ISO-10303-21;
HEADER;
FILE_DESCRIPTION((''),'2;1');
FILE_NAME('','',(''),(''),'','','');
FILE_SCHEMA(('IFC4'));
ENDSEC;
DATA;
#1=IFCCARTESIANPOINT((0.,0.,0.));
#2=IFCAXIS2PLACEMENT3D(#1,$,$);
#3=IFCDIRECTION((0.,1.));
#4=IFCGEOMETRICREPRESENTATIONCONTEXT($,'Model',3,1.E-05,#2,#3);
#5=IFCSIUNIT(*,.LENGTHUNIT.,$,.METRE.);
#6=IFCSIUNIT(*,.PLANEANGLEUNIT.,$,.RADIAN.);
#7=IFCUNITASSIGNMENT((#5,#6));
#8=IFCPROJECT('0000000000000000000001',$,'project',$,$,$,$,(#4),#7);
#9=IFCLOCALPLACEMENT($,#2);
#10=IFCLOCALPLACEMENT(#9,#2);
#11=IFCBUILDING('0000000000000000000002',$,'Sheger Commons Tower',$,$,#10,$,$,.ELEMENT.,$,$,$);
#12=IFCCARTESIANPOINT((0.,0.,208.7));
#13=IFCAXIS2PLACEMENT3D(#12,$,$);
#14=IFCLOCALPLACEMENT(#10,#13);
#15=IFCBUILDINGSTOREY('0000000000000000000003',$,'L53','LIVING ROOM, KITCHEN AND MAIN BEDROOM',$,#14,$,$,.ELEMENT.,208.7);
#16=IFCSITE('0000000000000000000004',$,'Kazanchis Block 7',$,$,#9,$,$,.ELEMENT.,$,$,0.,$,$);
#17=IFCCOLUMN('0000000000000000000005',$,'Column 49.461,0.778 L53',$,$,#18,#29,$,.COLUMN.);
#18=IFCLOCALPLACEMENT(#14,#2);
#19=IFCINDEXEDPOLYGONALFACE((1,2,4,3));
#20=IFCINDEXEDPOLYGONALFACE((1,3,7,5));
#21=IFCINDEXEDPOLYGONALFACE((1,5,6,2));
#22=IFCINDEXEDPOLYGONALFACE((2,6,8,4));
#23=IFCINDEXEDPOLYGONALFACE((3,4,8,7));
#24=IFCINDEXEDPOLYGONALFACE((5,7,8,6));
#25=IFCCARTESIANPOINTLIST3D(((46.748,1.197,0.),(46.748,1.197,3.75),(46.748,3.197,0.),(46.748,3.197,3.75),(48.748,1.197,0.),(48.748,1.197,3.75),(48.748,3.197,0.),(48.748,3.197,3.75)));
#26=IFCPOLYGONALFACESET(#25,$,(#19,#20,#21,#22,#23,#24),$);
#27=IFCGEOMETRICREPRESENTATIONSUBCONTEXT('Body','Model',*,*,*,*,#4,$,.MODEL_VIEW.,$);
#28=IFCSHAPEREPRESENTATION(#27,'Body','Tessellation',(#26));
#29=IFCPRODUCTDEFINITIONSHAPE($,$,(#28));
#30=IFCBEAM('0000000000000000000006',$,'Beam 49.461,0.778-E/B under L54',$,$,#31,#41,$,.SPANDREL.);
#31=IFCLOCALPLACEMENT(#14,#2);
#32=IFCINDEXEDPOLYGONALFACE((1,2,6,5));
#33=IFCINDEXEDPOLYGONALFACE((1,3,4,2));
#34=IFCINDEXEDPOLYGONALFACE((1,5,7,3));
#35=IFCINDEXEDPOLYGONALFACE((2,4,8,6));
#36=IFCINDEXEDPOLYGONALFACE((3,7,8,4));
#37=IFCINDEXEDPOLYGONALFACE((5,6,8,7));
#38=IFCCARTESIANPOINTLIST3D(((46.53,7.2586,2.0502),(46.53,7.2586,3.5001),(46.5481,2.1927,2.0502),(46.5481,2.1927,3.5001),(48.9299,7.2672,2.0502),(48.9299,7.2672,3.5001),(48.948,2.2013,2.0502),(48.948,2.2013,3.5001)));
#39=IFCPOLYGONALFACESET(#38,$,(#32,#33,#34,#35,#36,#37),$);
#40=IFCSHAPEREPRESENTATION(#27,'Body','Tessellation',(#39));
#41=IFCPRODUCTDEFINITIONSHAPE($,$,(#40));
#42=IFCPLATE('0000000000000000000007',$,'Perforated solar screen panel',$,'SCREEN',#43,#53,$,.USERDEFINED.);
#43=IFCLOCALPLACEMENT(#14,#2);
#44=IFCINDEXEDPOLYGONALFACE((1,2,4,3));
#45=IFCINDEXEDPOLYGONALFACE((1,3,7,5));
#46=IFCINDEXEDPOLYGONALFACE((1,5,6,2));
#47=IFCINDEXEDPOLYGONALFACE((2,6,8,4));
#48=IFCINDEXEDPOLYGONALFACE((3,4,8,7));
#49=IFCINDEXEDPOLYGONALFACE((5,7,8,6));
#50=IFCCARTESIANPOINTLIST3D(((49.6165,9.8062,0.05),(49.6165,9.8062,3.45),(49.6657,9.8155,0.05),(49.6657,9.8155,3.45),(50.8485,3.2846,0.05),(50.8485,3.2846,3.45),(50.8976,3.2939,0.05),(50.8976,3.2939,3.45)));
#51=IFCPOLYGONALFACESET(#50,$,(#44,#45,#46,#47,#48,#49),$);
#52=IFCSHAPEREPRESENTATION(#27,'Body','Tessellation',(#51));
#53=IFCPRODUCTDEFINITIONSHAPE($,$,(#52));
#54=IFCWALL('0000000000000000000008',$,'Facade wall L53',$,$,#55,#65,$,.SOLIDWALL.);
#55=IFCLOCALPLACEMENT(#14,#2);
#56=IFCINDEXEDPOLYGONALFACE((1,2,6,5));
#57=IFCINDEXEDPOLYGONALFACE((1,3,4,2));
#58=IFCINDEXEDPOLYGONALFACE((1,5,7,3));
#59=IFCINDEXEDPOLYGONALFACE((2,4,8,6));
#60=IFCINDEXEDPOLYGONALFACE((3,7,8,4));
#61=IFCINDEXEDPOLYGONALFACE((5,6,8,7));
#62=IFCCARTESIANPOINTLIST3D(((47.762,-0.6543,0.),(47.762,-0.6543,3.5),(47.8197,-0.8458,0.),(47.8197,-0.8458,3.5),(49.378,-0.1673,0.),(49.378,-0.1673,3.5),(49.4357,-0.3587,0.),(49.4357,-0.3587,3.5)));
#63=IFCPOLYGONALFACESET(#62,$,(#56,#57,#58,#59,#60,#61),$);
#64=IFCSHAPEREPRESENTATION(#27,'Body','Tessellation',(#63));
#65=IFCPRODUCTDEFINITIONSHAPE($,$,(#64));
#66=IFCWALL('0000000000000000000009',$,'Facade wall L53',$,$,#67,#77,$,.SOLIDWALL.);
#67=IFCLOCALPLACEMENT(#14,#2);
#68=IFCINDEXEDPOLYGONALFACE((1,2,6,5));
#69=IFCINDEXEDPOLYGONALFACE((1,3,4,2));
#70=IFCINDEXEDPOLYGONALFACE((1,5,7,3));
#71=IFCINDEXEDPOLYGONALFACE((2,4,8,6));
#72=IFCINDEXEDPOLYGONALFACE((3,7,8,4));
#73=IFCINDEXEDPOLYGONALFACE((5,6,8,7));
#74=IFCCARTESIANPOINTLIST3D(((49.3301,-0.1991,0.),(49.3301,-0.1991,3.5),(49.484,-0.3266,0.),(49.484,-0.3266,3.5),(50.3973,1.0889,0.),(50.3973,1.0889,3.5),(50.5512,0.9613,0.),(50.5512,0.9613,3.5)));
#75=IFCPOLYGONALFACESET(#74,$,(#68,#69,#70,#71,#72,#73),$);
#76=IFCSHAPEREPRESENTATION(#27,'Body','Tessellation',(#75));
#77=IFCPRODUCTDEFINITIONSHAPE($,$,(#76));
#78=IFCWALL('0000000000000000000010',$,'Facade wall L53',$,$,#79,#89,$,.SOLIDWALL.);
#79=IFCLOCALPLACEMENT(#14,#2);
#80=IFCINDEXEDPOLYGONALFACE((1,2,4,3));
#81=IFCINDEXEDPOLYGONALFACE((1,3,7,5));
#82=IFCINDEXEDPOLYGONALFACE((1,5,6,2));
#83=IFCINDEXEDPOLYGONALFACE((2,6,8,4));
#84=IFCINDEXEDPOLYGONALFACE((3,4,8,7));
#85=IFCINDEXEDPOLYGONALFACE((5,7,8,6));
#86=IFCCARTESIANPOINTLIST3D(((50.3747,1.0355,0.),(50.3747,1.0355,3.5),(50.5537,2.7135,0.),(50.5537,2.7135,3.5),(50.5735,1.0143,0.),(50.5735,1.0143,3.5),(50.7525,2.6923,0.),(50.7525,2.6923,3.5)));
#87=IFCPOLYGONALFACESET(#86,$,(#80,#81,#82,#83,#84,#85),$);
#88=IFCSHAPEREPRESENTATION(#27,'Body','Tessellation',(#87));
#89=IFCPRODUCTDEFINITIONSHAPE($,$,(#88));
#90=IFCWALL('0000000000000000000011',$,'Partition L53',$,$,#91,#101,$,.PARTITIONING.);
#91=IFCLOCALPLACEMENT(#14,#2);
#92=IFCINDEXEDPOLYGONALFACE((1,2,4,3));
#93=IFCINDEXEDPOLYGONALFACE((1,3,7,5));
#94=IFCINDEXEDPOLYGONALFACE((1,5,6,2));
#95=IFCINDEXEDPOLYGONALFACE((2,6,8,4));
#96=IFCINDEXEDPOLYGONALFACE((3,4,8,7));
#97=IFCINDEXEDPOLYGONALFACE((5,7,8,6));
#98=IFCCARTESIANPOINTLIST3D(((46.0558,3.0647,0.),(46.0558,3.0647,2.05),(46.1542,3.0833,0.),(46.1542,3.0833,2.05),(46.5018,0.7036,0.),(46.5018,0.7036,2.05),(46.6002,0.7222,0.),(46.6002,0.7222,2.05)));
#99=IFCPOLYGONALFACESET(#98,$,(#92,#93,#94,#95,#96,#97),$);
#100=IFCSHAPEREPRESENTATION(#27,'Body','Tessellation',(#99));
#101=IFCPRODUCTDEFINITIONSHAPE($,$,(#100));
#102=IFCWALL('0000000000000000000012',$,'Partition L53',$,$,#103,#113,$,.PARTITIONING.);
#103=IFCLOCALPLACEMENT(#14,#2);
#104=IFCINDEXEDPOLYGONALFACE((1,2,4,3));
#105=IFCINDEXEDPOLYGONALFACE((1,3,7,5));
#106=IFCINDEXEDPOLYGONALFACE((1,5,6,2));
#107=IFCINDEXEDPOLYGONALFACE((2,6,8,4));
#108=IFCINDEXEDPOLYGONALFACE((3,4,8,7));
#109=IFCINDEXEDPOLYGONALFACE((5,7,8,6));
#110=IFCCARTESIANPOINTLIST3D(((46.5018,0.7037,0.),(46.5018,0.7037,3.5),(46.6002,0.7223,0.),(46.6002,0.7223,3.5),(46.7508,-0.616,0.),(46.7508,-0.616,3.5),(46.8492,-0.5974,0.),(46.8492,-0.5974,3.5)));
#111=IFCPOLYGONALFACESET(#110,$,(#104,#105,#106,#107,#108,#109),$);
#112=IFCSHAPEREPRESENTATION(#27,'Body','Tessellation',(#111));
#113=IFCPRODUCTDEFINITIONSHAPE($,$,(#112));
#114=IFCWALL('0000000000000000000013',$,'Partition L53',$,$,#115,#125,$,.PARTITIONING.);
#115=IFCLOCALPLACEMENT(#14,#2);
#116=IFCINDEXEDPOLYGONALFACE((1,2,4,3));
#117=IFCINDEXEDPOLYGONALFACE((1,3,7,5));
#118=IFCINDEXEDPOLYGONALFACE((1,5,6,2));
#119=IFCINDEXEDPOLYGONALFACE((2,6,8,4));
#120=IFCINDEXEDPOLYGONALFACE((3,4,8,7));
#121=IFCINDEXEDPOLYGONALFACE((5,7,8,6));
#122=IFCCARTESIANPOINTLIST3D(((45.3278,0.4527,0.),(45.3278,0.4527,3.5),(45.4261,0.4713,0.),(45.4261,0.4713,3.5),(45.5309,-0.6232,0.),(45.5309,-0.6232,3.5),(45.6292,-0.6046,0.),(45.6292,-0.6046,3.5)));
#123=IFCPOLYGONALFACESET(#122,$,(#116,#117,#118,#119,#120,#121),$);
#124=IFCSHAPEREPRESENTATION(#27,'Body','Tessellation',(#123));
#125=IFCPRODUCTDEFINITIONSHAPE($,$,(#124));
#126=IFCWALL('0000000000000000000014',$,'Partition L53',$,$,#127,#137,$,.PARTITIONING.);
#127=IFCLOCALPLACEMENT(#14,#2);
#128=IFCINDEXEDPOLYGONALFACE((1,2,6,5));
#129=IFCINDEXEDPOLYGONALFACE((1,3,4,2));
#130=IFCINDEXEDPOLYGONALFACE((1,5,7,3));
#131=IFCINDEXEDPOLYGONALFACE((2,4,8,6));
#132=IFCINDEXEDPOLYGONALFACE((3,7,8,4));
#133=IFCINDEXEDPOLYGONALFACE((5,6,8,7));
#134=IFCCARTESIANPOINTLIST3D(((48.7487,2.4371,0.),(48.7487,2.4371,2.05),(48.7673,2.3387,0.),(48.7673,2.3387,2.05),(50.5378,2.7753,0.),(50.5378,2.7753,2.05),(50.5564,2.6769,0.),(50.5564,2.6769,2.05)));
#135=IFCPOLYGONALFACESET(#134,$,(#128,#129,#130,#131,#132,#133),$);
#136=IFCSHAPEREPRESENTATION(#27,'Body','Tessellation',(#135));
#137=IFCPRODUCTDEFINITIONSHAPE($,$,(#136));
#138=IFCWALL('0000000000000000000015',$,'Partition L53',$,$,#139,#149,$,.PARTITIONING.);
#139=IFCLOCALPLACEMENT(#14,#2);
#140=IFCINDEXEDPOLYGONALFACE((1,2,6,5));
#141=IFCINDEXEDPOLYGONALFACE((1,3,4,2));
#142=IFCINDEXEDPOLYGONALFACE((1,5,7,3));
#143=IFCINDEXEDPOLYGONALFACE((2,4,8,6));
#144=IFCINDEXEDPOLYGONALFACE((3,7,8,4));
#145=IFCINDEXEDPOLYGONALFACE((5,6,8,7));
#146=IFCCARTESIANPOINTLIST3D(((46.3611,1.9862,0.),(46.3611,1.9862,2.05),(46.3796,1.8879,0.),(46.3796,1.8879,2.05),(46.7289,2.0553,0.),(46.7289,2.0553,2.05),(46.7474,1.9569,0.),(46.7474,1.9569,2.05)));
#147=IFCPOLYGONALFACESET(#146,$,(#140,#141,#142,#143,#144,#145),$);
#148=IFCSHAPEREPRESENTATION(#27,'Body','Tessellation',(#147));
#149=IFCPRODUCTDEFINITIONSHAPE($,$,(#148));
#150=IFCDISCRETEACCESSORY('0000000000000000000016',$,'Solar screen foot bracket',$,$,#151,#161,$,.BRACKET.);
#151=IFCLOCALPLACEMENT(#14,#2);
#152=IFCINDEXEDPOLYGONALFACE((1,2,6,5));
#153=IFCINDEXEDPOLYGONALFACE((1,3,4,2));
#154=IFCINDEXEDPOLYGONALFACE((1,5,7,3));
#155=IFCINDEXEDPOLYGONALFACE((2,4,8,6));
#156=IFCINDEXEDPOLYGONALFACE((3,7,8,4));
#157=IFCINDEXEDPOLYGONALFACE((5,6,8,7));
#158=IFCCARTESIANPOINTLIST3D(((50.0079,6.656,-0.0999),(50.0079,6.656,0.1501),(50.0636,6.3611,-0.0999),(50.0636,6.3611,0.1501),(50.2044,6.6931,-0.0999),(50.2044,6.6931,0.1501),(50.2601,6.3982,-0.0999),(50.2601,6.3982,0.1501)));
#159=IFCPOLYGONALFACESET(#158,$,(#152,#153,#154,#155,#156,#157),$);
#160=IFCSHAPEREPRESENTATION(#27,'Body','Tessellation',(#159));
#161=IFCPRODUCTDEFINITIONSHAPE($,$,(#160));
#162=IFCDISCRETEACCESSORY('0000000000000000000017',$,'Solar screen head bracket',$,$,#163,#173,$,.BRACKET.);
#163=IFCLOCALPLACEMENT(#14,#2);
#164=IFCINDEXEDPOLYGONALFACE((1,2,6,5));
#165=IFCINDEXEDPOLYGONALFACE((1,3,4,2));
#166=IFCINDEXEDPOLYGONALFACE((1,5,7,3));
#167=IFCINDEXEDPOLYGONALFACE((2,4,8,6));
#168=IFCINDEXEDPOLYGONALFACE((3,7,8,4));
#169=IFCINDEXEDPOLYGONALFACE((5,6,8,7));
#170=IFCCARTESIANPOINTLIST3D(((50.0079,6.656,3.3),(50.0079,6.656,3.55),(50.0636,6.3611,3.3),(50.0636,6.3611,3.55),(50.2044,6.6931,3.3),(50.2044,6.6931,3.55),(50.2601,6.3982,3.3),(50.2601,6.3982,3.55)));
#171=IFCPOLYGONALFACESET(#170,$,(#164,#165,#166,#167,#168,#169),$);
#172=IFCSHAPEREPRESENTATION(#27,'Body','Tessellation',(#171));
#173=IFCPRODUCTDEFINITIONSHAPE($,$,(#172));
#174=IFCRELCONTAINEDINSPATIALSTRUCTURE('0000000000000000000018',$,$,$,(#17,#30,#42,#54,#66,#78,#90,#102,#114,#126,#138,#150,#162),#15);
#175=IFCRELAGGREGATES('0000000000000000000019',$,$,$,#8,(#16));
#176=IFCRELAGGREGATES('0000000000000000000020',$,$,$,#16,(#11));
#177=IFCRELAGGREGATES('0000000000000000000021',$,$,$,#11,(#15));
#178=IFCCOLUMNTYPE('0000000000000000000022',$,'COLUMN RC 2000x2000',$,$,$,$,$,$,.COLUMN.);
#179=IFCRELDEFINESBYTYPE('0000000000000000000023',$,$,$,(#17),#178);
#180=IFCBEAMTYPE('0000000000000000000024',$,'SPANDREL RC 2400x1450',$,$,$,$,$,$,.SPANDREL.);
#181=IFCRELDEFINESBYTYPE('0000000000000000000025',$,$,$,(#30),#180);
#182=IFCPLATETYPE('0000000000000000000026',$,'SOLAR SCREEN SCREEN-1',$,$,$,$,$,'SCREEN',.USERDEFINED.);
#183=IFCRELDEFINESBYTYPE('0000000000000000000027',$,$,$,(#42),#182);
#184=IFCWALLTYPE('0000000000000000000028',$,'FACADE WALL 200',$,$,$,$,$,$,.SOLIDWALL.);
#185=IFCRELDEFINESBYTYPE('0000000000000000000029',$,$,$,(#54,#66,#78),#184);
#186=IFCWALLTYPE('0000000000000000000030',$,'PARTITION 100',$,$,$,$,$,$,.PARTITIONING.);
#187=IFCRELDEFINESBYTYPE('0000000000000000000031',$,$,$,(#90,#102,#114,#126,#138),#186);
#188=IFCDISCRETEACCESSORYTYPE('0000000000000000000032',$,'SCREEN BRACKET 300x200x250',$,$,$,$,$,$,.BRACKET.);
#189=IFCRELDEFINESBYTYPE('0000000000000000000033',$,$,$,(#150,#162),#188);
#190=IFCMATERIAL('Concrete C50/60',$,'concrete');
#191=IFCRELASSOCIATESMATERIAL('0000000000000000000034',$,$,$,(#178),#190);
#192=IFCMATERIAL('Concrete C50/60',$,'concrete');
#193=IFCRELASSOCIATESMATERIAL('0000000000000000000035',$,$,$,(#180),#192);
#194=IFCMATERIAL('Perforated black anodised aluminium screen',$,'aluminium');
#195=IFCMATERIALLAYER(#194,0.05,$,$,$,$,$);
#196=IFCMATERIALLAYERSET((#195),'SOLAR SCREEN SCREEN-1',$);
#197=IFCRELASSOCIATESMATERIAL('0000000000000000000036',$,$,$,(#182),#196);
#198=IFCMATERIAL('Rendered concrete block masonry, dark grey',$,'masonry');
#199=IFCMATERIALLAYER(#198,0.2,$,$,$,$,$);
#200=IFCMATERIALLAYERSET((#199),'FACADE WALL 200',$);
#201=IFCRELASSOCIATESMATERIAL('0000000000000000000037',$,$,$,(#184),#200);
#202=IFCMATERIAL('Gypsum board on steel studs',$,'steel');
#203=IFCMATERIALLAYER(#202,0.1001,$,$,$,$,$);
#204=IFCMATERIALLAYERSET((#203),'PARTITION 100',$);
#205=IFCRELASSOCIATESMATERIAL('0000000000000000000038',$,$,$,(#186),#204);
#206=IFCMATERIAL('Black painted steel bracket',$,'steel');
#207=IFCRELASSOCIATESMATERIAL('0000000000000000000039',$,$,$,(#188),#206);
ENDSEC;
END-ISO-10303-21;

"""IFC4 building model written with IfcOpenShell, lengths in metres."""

from ifc_helpers import new_model, si_unit, direction, frame, frame_2d, origin, origin_2d, place, context, subcontext, project, spatial, rectangle, extrude, material, layer, layer_set, material_profile, profile_set, type_object, element, save


model = new_model("IFC4")

# Units and contexts
model_context = context("Model", 3, precision=1e-05, world=origin(), true_north=direction((0.0, 1.0)))
body_context = subcontext(model_context, "Body", "Model", "MODEL_VIEW")
ifc_project = project(units=[si_unit("LENGTHUNIT", "METRE"), si_unit("PLANEANGLEUNIT", "RADIAN")], contexts=[model_context])

# Site, building, storey
site_placement = place(None, origin())
site = spatial("IfcSite", under=ifc_project, at=site_placement, Name="Kazanchis Block 7", CompositionType="ELEMENT", RefElevation=0.0)
building_placement = place(site_placement, origin())
building = spatial("IfcBuilding", under=site, at=building_placement, Name="Sheger Commons Tower", CompositionType="ELEMENT")
storey_placement = place(building_placement, frame((0.0, 0.0, 208.7)))
storey = spatial("IfcBuildingStorey", under=building, at=storey_placement, Name="L53", Description="LIVING ROOM, KITCHEN AND MAIN BEDROOM", CompositionType="ELEMENT", Elevation=208.7)

# Column
ifc_material_1 = material(Name="Concrete C50/60", Category="concrete")
ifc_material_profile_1 = material_profile(ifc_material_1, rectangle(XDim=2.0, YDim=2.0, at=origin_2d()), Name="RC 2000x2000")
ifc_profile_set_1 = profile_set([ifc_material_profile_1], Name="Concrete C50/60")
column_type = type_object("IfcColumnType", Name="COLUMN RC 2000x2000", PredefinedType="COLUMN", material=ifc_profile_set_1)
column_placement = place(storey_placement, frame((47.748, 2.197, 0.0), z_axis=(0.0, 0.0, 1.0), x_axis=(1.0, 0.0, 0.0)))
element("IfcColumn", 1, at=column_placement, inside=storey, type_object=column_type, Name="Column 49.461,0.778 L53", PredefinedType="COLUMN", context=body_context, shape_type="SweptSolid", body=[
    extrude(rectangle(XDim=2.0, YDim=2.0, at=origin_2d()), origin(), (0.0, 0.0, 1.0), 3.75),
])

# Beam
ifc_material_2 = material(Name="Concrete C50/60", Category="concrete")
ifc_material_profile_2 = material_profile(ifc_material_2, rectangle(XDim=2.3999, YDim=1.45, at=origin_2d()), Name="RC 2400x1450")
ifc_profile_set_2 = profile_set([ifc_material_profile_2], Name="Concrete C50/60")
beam_type = type_object("IfcBeamType", Name="SPANDREL RC 2400x1450", PredefinedType="SPANDREL", material=ifc_profile_set_2)
beam_placement = place(storey_placement, frame((47.748, 2.197, 2.7751), z_axis=(-0.003566, 0.999994, 0.0), x_axis=(-0.999994, -0.003566, 0.0)))
element("IfcBeam", 2, at=beam_placement, inside=storey, type_object=beam_type, Name="Beam 49.461,0.778-E/B under L54", PredefinedType="SPANDREL", context=body_context, shape_type="SweptSolid", body=[
    extrude(rectangle(XDim=2.3999, YDim=1.45, at=origin_2d()), origin(), (0.0, 0.0, 1.0), 5.0659),
])

# Plate
ifc_material_3 = material(Name="Perforated black anodised aluminium screen", Category="aluminium")
ifc_layer_1 = layer(ifc_material_3, 0.05)
ifc_layer_set_1 = layer_set([ifc_layer_1], Name="SOLAR SCREEN SCREEN-1")
plate_type = type_object("IfcPlateType", Name="SOLAR SCREEN SCREEN-1", ElementType="SCREEN", PredefinedType="USERDEFINED", material=ifc_layer_set_1)
plate_placement = place(storey_placement, frame((50.2571, 6.55, 0.05), z_axis=(0.0, 0.0, 1.0), x_axis=(-0.185615, 0.982623, 0.0)))
element("IfcPlate", 3, at=plate_placement, inside=storey, type_object=plate_type, Name="Perforated solar screen panel", ObjectType="SCREEN", PredefinedType="USERDEFINED", context=body_context, shape_type="SweptSolid", body=[
    extrude(rectangle(XDim=6.637, YDim=0.05, at=origin_2d()), origin(), (0.0, 0.0, 1.0), 3.3999),
])

# Walls
ifc_material_4 = material(Name="Rendered concrete block masonry, dark grey", Category="masonry")
ifc_layer_2 = layer(ifc_material_4, 0.2)
ifc_layer_set_2 = layer_set([ifc_layer_2], Name="FACADE WALL 200")
wall_type_1 = type_object("IfcWallType", Name="FACADE WALL 200", PredefinedType="SOLIDWALL", material=ifc_layer_set_2)
wall_1_placement = place(storey_placement, frame((47.791, -0.75, 0.0), z_axis=(0.0, 0.0, 1.0), x_axis=(0.957455, 0.288582, 0.0)))
element("IfcWall", 4, at=wall_1_placement, inside=storey, type_object=wall_type_1, Name="Facade wall L53", PredefinedType="SOLIDWALL", context=body_context, shape_type="SweptSolid", body=[
    extrude(rectangle(XDim=1.6877, YDim=0.2, at=frame_2d((0.8438, 0.0))), origin(), (0.0, 0.0, 1.0), 3.5),
])
wall_2_placement = place(storey_placement, frame((49.407, -0.2629, 0.0), z_axis=(0.0, 0.0, 1.0), x_axis=(0.638043, 0.770001, 0.0)))
element("IfcWall", 5, at=wall_2_placement, inside=storey, type_object=wall_type_1, Name="Facade wall L53", PredefinedType="SOLIDWALL", context=body_context, shape_type="SweptSolid", body=[
    extrude(rectangle(XDim=1.6726, YDim=0.2, at=frame_2d((0.8364, 0.0))), origin(), (0.0, 0.0, 1.0), 3.5),
])
wall_3_placement = place(storey_placement, frame((50.4741, 1.0249, 0.0), z_axis=(0.0, 0.0, 1.0), x_axis=(0.106048, 0.994361, 0.0)))
element("IfcWall", 6, at=wall_3_placement, inside=storey, type_object=wall_type_1, Name="Facade wall L53", PredefinedType="SOLIDWALL", context=body_context, shape_type="SweptSolid", body=[
    extrude(rectangle(XDim=1.6875, YDim=0.2, at=frame_2d((0.8438, 0.0))), origin(), (0.0, 0.0, 1.0), 3.5),
])

# Walls
ifc_material_5 = material(Name="Gypsum board on steel studs", Category="steel")
ifc_layer_3 = layer(ifc_material_5, 0.1001)
ifc_layer_set_3 = layer_set([ifc_layer_3], Name="PARTITION 100")
wall_type_2 = type_object("IfcWallType", Name="PARTITION 100", PredefinedType="PARTITIONING", material=ifc_layer_set_3)
wall_4_placement = place(storey_placement, frame((46.105, 3.074, 0.0), z_axis=(0.0, 0.0, 1.0), x_axis=(0.185632, -0.982619, 0.0)))
element("IfcWall", 7, at=wall_4_placement, inside=storey, type_object=wall_type_2, Name="Partition L53", PredefinedType="PARTITIONING", context=body_context, shape_type="SweptSolid", body=[
    extrude(rectangle(XDim=2.4028, YDim=0.1001, at=frame_2d((1.2014, 0.0))), origin(), (0.0, 0.0, 1.0), 2.05),
])
wall_5_placement = place(storey_placement, frame((46.551, 0.7129, 0.0), z_axis=(0.0, 0.0, 1.0), x_axis=(0.185408, -0.982662, 0.0)))
element("IfcWall", 8, at=wall_5_placement, inside=storey, type_object=wall_type_2, Name="Partition L53", PredefinedType="PARTITIONING", context=body_context, shape_type="SweptSolid", body=[
    extrude(rectangle(XDim=1.343, YDim=0.1001, at=frame_2d((0.6714, 0.0))), origin(), (0.0, 0.0, 1.0), 3.5),
])
wall_6_placement = place(storey_placement, frame((45.377, 0.4619, 0.0), z_axis=(0.0, 0.0, 1.0), x_axis=(0.185513, -0.982642, 0.0)))
element("IfcWall", 9, at=wall_6_placement, inside=storey, type_object=wall_type_2, Name="Partition L53", PredefinedType="PARTITIONING", context=body_context, shape_type="SweptSolid", body=[
    extrude(rectangle(XDim=1.095, YDim=0.1001, at=frame_2d((0.5474, 0.0))), origin(), (0.0, 0.0, 1.0), 3.5),
])
wall_7_placement = place(storey_placement, frame((50.5471, 2.7261, 0.0), z_axis=(0.0, 0.0, 1.0), x_axis=(-0.982604, -0.185713, 0.0)))
element("IfcWall", 10, at=wall_7_placement, inside=storey, type_object=wall_type_2, Name="Partition L53", PredefinedType="PARTITIONING", context=body_context, shape_type="SweptSolid", body=[
    extrude(rectangle(XDim=1.8208, YDim=0.1001, at=frame_2d((0.9104, 0.0))), origin(), (0.0, 0.0, 1.0), 2.05),
])
wall_8_placement = place(storey_placement, frame((46.738, 2.0061, 0.0), z_axis=(0.0, 0.0, 1.0), x_axis=(-0.98282, -0.184564, 0.0)))
element("IfcWall", 11, at=wall_8_placement, inside=storey, type_object=wall_type_2, Name="Partition L53", PredefinedType="PARTITIONING", context=body_context, shape_type="SweptSolid", body=[
    extrude(rectangle(XDim=0.3743, YDim=0.1001, at=frame_2d((0.187, 0.0))), origin(), (0.0, 0.0, 1.0), 2.05),
])

# Discrete accessories
ifc_material_6 = material(Name="Black painted steel bracket", Category="steel")
discrete_accessory_type = type_object("IfcDiscreteAccessoryType", Name="SCREEN BRACKET 300x200x250", PredefinedType="BRACKET", material=ifc_material_6)
for number, where, z_axis, x_axis, name in (
    (12, (50.134, 6.5271, -0.0999), (0.0, 0.0, 1.0), (-0.185615, 0.982623, 0.0), "Solar screen foot bracket"),
    (13, (50.134, 6.5271, 3.3), (0.0, 0.0, 1.0), (-0.185615, 0.982623, 0.0), "Solar screen head bracket"),
):
    element("IfcDiscreteAccessory", number, at=place(storey_placement, frame(where, z_axis=z_axis, x_axis=x_axis)), inside=storey, type_object=discrete_accessory_type, Name=name, PredefinedType="BRACKET", context=body_context, shape_type="SweptSolid", body=[
        extrude(rectangle(XDim=0.3, YDim=0.2, at=origin_2d()), origin(), (0.0, 0.0, 1.0), 0.25),
    ])

save(model, "model.ifc")
